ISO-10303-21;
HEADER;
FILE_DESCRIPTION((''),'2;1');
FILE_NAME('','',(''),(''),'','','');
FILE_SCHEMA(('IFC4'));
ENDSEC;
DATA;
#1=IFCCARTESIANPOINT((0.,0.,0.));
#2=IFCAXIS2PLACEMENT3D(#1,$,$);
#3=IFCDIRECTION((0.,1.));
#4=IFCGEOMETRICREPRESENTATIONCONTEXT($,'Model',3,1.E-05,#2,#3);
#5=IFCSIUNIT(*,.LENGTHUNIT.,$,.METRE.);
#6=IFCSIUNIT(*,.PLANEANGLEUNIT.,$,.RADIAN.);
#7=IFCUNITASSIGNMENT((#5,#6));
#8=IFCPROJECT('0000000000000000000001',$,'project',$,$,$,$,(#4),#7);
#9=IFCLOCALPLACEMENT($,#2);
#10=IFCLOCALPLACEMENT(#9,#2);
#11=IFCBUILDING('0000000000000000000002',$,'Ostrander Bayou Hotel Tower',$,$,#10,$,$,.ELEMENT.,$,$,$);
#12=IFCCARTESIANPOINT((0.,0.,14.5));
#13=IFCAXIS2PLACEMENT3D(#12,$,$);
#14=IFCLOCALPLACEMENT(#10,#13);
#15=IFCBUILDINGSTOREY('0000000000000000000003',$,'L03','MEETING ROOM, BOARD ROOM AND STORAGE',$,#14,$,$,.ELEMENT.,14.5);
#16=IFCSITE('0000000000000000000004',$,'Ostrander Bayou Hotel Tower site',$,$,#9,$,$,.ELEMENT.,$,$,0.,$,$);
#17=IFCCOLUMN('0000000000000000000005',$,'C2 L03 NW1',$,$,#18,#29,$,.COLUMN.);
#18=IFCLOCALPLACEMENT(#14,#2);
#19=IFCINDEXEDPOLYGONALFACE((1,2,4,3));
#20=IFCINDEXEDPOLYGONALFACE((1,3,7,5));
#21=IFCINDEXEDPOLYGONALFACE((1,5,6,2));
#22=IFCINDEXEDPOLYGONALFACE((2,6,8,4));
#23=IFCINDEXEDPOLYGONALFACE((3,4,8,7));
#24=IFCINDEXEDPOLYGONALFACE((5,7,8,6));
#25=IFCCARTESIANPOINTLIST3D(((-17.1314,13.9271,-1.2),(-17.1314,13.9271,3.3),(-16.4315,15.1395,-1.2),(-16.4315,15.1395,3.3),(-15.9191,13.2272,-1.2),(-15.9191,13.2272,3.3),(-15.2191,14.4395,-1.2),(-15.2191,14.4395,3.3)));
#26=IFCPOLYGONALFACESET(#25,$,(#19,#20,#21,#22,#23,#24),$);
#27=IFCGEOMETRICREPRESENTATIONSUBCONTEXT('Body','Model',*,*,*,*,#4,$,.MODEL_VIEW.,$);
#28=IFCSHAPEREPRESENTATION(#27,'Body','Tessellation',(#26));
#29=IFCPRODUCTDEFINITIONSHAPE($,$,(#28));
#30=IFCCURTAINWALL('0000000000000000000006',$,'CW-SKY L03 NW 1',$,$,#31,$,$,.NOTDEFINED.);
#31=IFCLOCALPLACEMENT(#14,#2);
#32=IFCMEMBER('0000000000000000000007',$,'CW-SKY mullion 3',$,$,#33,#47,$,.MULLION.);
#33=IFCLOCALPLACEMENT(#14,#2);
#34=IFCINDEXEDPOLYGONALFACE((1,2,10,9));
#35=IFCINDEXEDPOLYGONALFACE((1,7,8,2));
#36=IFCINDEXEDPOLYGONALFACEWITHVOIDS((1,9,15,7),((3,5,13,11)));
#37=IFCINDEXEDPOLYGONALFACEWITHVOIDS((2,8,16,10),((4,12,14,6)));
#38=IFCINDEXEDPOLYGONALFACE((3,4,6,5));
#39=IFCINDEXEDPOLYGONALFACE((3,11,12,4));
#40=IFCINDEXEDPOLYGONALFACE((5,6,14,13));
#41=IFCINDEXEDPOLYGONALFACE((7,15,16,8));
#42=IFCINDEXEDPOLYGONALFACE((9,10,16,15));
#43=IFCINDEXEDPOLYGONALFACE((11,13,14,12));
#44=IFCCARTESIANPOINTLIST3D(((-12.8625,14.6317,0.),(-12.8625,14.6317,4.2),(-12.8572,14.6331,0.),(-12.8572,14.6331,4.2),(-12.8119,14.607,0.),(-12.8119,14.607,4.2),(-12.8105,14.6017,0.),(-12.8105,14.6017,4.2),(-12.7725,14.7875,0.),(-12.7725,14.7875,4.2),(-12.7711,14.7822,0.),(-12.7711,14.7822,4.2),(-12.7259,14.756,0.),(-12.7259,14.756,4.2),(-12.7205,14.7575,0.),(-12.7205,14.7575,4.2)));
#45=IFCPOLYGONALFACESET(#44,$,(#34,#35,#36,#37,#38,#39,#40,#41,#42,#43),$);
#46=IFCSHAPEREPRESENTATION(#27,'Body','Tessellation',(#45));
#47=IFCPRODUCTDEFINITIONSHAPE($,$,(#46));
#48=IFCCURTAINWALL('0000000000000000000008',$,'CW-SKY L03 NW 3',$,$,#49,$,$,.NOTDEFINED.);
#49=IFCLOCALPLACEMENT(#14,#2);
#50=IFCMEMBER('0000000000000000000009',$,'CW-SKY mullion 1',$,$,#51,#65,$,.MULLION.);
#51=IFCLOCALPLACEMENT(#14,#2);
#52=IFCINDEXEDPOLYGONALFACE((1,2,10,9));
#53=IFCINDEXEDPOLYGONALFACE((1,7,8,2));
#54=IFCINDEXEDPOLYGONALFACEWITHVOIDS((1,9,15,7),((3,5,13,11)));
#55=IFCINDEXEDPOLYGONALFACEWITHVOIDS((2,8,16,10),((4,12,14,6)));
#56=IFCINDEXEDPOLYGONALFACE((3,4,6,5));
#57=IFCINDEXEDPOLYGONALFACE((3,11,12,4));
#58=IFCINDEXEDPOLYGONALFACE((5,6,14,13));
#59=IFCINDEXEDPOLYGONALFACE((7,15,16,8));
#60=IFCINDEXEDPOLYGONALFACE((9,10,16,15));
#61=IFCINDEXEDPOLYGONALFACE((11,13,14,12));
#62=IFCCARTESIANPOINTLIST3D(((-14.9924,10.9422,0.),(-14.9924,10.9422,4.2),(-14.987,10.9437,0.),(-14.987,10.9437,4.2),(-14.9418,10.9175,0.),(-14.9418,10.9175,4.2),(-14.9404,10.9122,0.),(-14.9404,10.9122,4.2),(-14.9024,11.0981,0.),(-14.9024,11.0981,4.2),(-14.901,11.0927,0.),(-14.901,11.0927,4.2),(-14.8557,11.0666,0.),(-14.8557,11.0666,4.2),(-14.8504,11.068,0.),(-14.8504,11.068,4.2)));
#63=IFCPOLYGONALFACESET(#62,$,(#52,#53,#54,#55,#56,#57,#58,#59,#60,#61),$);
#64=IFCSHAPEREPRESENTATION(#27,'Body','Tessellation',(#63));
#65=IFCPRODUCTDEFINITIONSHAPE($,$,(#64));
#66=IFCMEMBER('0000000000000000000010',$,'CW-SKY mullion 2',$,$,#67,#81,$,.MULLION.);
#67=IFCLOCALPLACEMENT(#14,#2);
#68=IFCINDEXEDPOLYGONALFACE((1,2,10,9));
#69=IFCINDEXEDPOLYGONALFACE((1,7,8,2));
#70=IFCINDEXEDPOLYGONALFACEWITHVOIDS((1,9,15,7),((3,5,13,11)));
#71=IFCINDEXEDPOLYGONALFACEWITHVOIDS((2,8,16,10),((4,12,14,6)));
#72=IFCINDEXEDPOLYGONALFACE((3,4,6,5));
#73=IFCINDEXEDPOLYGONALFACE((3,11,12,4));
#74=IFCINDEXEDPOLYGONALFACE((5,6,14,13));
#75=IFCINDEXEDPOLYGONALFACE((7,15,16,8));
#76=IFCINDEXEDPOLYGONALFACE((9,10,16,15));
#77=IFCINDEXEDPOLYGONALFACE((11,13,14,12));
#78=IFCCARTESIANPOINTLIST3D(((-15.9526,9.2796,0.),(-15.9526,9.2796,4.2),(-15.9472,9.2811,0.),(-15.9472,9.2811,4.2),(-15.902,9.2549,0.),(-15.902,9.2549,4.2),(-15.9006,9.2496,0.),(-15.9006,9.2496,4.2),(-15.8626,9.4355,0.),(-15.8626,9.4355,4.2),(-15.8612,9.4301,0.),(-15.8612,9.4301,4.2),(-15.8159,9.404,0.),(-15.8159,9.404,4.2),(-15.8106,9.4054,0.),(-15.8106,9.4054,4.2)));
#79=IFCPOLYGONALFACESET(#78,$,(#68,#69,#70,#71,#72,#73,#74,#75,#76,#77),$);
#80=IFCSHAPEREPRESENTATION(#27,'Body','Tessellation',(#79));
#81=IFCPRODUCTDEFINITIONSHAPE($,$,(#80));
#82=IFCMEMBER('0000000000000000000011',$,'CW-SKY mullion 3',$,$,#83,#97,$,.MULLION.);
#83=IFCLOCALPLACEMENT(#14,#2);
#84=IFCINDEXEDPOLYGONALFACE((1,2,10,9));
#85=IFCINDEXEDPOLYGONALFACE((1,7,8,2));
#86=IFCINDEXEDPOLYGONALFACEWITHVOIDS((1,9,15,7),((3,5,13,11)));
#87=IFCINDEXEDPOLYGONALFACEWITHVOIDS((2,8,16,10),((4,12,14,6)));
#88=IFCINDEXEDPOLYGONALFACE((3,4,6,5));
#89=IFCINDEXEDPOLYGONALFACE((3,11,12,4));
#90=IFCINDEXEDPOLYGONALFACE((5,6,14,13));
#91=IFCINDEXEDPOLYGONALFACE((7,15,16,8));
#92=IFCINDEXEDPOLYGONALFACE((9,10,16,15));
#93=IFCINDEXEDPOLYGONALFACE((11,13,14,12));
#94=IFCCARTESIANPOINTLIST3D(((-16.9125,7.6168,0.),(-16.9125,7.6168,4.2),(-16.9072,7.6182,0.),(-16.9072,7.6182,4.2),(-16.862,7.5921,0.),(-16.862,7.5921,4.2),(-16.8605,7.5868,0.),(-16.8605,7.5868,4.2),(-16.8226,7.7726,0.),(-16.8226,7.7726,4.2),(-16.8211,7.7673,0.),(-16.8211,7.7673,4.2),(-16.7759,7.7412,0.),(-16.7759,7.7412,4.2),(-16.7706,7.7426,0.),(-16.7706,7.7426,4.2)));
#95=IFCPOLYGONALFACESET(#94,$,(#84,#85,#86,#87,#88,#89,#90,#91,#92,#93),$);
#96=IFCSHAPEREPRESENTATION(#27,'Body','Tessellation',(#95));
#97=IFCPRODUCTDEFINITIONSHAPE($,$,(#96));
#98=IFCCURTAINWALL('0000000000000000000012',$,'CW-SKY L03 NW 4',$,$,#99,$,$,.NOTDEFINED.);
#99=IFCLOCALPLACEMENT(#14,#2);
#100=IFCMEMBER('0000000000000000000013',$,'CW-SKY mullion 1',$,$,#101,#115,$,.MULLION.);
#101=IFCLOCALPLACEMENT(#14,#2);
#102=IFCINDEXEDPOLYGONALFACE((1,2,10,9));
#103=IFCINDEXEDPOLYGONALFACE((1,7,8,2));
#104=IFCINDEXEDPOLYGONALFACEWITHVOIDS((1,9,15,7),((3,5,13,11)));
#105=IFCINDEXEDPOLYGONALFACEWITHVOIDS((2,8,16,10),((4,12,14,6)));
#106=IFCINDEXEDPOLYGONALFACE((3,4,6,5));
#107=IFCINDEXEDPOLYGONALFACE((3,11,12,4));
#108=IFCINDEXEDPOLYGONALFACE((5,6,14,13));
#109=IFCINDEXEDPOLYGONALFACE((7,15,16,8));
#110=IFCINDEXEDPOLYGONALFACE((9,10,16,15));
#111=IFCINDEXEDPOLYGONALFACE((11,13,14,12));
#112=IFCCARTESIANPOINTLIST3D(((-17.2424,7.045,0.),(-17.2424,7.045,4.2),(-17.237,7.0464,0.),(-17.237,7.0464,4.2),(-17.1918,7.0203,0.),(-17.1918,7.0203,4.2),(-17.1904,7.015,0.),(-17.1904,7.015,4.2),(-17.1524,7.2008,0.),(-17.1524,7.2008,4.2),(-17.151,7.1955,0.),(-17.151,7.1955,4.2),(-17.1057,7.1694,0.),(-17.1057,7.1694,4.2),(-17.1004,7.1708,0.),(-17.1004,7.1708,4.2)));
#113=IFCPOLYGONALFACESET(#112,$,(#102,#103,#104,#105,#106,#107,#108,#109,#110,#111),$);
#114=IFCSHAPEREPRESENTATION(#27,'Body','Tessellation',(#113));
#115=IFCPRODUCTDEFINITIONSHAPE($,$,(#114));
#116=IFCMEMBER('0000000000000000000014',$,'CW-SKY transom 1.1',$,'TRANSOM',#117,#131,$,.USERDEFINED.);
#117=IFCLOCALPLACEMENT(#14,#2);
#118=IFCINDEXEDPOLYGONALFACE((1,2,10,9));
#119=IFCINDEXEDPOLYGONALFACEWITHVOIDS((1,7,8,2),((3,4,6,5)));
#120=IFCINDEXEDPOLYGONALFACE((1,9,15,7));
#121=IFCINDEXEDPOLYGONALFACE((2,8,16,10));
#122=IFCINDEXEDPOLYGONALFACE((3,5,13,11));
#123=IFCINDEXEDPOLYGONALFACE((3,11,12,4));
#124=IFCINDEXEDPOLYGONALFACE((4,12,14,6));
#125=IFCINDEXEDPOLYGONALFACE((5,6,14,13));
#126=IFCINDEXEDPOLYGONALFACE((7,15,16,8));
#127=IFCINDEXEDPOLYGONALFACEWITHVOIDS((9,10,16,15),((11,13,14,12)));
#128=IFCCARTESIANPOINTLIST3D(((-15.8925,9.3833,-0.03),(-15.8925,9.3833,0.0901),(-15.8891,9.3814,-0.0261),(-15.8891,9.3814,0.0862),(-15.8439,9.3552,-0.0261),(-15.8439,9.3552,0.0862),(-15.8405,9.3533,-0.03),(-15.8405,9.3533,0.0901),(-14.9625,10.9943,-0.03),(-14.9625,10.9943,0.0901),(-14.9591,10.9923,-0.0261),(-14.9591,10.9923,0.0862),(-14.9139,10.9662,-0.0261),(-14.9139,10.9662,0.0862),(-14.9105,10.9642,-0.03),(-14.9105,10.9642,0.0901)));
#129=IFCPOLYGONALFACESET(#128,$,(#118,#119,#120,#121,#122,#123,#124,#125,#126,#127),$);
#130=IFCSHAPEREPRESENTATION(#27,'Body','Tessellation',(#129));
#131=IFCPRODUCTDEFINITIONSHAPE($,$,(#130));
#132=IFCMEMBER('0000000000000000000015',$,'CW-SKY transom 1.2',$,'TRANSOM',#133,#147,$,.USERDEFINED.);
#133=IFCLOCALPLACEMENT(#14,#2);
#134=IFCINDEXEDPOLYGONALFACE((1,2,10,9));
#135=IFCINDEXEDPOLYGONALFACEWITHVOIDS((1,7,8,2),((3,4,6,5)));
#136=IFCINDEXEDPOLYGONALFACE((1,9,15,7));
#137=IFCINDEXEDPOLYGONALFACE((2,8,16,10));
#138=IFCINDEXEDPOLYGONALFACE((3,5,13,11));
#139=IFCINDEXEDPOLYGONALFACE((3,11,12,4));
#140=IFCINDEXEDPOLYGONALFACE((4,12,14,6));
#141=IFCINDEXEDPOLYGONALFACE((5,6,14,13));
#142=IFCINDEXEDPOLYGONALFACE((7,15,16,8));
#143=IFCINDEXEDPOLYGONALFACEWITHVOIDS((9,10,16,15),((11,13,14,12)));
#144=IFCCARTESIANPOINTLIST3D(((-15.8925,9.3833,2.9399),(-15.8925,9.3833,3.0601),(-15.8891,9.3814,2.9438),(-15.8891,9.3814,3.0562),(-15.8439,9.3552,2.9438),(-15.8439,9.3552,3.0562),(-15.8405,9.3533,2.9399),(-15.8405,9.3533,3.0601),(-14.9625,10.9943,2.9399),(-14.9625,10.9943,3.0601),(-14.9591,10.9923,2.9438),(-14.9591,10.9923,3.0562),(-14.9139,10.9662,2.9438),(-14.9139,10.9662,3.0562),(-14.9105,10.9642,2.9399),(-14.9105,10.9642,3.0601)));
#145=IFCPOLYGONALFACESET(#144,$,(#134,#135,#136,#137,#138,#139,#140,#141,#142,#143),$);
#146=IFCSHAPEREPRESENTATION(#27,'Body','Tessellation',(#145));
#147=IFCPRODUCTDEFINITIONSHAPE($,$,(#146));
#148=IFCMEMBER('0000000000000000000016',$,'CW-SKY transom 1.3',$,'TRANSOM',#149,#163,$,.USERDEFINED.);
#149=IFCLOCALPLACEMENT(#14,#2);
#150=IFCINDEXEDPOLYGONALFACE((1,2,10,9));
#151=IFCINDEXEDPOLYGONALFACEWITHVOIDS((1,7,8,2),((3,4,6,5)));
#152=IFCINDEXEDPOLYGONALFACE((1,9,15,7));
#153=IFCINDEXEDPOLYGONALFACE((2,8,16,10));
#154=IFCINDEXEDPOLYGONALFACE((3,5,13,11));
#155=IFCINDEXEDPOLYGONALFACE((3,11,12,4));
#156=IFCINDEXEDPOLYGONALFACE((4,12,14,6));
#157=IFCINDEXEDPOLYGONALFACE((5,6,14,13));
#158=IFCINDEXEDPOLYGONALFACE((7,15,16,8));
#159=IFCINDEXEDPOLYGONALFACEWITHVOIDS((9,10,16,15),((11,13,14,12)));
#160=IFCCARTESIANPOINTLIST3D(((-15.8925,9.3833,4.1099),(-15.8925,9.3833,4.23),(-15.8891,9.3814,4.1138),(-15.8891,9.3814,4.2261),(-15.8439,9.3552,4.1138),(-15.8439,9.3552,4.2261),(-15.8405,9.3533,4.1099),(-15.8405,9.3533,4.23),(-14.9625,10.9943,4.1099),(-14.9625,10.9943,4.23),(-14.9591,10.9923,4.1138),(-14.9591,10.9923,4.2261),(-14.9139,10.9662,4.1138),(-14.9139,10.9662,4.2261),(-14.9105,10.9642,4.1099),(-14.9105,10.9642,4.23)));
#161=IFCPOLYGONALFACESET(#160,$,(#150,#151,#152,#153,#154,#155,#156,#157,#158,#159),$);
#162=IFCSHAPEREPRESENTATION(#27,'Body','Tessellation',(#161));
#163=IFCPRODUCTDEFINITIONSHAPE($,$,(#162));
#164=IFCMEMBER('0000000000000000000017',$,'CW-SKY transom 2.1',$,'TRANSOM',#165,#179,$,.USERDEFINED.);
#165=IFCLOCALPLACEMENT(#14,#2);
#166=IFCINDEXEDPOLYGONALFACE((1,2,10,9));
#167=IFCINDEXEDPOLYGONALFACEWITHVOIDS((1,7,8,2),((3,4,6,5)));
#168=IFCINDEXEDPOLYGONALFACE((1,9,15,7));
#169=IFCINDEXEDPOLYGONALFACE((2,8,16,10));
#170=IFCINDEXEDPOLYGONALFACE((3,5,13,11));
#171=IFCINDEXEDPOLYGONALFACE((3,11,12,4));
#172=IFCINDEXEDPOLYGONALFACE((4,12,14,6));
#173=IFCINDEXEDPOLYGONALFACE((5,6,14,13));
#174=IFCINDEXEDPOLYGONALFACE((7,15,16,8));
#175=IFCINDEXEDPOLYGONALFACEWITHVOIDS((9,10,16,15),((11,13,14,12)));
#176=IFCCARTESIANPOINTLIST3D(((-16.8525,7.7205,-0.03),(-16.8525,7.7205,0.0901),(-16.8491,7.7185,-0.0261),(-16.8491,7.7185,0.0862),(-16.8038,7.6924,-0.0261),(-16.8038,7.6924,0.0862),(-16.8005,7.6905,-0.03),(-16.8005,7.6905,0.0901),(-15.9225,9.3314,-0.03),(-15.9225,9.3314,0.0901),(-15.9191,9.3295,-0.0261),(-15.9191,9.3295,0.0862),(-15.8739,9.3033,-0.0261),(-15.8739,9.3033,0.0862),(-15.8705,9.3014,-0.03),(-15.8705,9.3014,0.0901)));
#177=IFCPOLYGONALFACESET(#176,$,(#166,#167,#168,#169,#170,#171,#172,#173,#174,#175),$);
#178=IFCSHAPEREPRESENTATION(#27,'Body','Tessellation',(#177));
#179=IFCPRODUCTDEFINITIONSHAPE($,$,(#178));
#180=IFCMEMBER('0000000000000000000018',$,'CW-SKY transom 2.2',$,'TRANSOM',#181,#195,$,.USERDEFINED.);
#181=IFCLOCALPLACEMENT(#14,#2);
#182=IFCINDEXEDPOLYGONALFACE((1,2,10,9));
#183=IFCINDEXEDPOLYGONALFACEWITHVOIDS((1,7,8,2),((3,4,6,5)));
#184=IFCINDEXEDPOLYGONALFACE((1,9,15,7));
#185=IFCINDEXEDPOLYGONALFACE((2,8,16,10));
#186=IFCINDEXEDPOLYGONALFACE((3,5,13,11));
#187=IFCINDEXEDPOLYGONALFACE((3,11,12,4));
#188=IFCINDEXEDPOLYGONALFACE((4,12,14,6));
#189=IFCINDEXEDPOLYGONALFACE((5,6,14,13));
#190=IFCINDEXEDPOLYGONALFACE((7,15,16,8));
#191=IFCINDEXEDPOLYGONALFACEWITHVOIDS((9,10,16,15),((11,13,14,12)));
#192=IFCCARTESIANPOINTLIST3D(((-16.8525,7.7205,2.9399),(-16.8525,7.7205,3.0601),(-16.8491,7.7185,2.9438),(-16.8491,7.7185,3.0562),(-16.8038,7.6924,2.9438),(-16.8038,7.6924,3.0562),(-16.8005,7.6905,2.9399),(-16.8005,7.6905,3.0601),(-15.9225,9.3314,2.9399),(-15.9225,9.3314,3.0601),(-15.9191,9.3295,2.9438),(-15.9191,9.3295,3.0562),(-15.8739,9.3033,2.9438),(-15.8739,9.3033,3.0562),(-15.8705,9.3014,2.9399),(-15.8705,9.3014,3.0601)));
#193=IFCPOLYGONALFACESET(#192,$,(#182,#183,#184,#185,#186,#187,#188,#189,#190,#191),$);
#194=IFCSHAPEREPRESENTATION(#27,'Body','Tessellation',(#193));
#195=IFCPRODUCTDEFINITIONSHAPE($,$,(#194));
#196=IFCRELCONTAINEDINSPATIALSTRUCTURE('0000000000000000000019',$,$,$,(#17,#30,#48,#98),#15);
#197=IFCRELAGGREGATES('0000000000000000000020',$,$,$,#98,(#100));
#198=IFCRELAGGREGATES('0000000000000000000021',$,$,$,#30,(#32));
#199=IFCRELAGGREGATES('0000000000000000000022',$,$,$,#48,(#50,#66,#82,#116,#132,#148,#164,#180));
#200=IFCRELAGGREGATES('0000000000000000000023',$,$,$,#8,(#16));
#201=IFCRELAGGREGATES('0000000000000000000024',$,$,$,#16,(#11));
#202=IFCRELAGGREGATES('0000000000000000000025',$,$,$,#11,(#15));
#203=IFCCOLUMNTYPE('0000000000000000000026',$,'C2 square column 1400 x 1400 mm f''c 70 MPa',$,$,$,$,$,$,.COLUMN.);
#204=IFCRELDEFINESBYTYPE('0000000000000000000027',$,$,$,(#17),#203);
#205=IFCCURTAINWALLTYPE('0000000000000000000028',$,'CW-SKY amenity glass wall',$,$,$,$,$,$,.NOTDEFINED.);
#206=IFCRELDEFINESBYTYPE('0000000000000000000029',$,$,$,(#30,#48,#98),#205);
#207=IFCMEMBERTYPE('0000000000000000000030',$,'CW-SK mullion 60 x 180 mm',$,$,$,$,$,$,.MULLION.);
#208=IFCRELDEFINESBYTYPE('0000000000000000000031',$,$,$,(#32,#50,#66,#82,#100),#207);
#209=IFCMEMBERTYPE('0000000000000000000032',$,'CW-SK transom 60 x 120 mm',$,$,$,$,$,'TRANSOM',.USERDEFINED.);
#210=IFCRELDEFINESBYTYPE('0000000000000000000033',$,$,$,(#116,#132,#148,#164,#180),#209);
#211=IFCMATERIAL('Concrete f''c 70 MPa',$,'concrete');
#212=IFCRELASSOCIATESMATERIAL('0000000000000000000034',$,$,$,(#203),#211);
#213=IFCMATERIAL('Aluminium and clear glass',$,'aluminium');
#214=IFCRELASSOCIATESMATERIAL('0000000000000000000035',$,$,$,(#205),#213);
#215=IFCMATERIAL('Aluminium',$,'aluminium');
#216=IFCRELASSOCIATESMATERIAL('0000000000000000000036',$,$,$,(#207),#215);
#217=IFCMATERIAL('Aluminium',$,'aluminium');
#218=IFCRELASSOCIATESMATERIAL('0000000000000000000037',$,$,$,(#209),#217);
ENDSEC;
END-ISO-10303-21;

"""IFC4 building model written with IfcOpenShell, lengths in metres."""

from ifc_helpers import new_model, si_unit, direction, frame, origin, origin_2d, place, context, subcontext, project, spatial, rectangle, hollow_rectangle, extrude, material, material_profile, profile_set, type_object, element, aggregate, save


model = new_model("IFC4")

# Units and contexts
model_context = context("Model", 3, precision=1e-05, world=origin(), true_north=direction((0.0, 1.0)))
body_context = subcontext(model_context, "Body", "Model", "MODEL_VIEW")
ifc_project = project(units=[si_unit("LENGTHUNIT", "METRE"), si_unit("PLANEANGLEUNIT", "RADIAN")], contexts=[model_context])

# Site, building, storey
site_placement = place(None, origin())
site = spatial("IfcSite", under=ifc_project, at=site_placement, Name="Ostrander Bayou Hotel Tower site", CompositionType="ELEMENT", RefElevation=0.0)
building_placement = place(site_placement, origin())
building = spatial("IfcBuilding", under=site, at=building_placement, Name="Ostrander Bayou Hotel Tower", CompositionType="ELEMENT")
storey_placement = place(building_placement, frame((0.0, 0.0, 14.5)))
storey = spatial("IfcBuildingStorey", under=building, at=storey_placement, Name="L03", Description="MEETING ROOM, BOARD ROOM AND STORAGE", CompositionType="ELEMENT", Elevation=14.5)

# Column
ifc_material_1 = material(Name="Concrete f'c 70 MPa", Category="concrete")
ifc_material_profile_1 = material_profile(ifc_material_1, rectangle(XDim=1.3999, YDim=1.3999, at=origin_2d()))
ifc_profile_set_1 = profile_set([ifc_material_profile_1], Name="Concrete f'c 70 MPa")
column_type = type_object("IfcColumnType", Name="C2 square column 1400 x 1400 mm f'c 70 MPa", PredefinedType="COLUMN", material=ifc_profile_set_1)
column_placement = place(storey_placement, frame((-16.1753, 14.1833, -1.2), z_axis=(0.0, 0.0, 1.0), x_axis=(0.5, 0.866025, 0.0)))
element("IfcColumn", 1, at=column_placement, inside=storey, type_object=column_type, Name="C2 L03 NW1", PredefinedType="COLUMN", context=body_context, shape_type="SweptSolid", body=[
    extrude(rectangle(XDim=1.3999, YDim=1.3999, at=origin_2d()), origin(), (0.0, 0.0, 1.0), 4.5),
])

# Curtain wall, member
ifc_material_2 = material(Name="Aluminium and clear glass", Category="aluminium")
curtain_wall_type = type_object("IfcCurtainWallType", Name="CW-SKY amenity glass wall", PredefinedType="NOTDEFINED", material=ifc_material_2)
curtain_wall_1_placement = place(storey_placement, origin())
curtain_wall_1 = element("IfcCurtainWall", 2, at=curtain_wall_1_placement, inside=storey, type_object=curtain_wall_type, Name="CW-SKY L03 NW 1", PredefinedType="NOTDEFINED")
ifc_material_3 = material(Name="Aluminium", Category="aluminium")
ifc_material_profile_2 = material_profile(ifc_material_3, hollow_rectangle(XDim=0.0601, YDim=0.1799, WallThickness=0.0039, at=origin_2d()))
ifc_profile_set_2 = profile_set([ifc_material_profile_2], Name="Aluminium")
member_type_1 = type_object("IfcMemberType", Name="CW-SK mullion 60 x 180 mm", PredefinedType="MULLION", material=ifc_profile_set_2)
member_1_placement = place(storey_placement, frame((-12.7915, 14.6946, 0.0), z_axis=(0.0, 0.0, 1.0), x_axis=(0.866025, -0.5, 0.0)))
member_1 = element("IfcMember", 3, at=member_1_placement, type_object=member_type_1, Name="CW-SKY mullion 3", PredefinedType="MULLION", context=body_context, shape_type="SweptSolid", body=[
    extrude(hollow_rectangle(XDim=0.0601, YDim=0.1799, WallThickness=0.0039, at=origin_2d()), origin(), (0.0, 0.0, 1.0), 4.2),
])

# Curtain wall, members
curtain_wall_2_placement = place(storey_placement, origin())
curtain_wall_2 = element("IfcCurtainWall", 4, at=curtain_wall_2_placement, inside=storey, type_object=curtain_wall_type, Name="CW-SKY L03 NW 3", PredefinedType="NOTDEFINED")
member_2_placement = place(storey_placement, frame((-14.9214, 11.0051, 0.0), z_axis=(0.0, 0.0, 1.0), x_axis=(0.866025, -0.5, 0.0)))
member_2 = element("IfcMember", 5, at=member_2_placement, type_object=member_type_1, Name="CW-SKY mullion 1", PredefinedType="MULLION", context=body_context, shape_type="SweptSolid", body=[
    extrude(hollow_rectangle(XDim=0.0601, YDim=0.1799, WallThickness=0.0039, at=origin_2d()), origin(), (0.0, 0.0, 1.0), 4.2),
])
member_3_placement = place(storey_placement, frame((-15.8816, 9.3425, 0.0), z_axis=(0.0, 0.0, 1.0), x_axis=(0.866025, -0.5, 0.0)))
member_3 = element("IfcMember", 6, at=member_3_placement, type_object=member_type_1, Name="CW-SKY mullion 2", PredefinedType="MULLION", context=body_context, shape_type="SweptSolid", body=[
    extrude(hollow_rectangle(XDim=0.0601, YDim=0.1799, WallThickness=0.0039, at=origin_2d()), origin(), (0.0, 0.0, 1.0), 4.2),
])
member_4_placement = place(storey_placement, frame((-16.8416, 7.6797, 0.0), z_axis=(0.0, 0.0, 1.0), x_axis=(0.866025, -0.5, 0.0)))
member_4 = element("IfcMember", 7, at=member_4_placement, type_object=member_type_1, Name="CW-SKY mullion 3", PredefinedType="MULLION", context=body_context, shape_type="SweptSolid", body=[
    extrude(hollow_rectangle(XDim=0.0601, YDim=0.1799, WallThickness=0.0039, at=origin_2d()), origin(), (0.0, 0.0, 1.0), 4.2),
])

# Curtain wall, member
curtain_wall_3_placement = place(storey_placement, origin())
curtain_wall_3 = element("IfcCurtainWall", 8, at=curtain_wall_3_placement, inside=storey, type_object=curtain_wall_type, Name="CW-SKY L03 NW 4", PredefinedType="NOTDEFINED")
member_5_placement = place(storey_placement, frame((-17.1714, 7.1079, 0.0), z_axis=(0.0, 0.0, 1.0), x_axis=(0.866026, -0.499999, 0.0)))
member_5 = element("IfcMember", 9, at=member_5_placement, type_object=member_type_1, Name="CW-SKY mullion 1", PredefinedType="MULLION", context=body_context, shape_type="SweptSolid", body=[
    extrude(hollow_rectangle(XDim=0.0601, YDim=0.1799, WallThickness=0.0039, at=origin_2d()), origin(), (0.0, 0.0, 1.0), 4.2),
])
aggregate(curtain_wall_3, [member_5])

# Members
ifc_material_4 = material(Name="Aluminium", Category="aluminium")
ifc_material_profile_3 = material_profile(ifc_material_4, hollow_rectangle(XDim=0.0601, YDim=0.1201, WallThickness=0.0039, at=origin_2d()))
ifc_profile_set_3 = profile_set([ifc_material_profile_3], Name="Aluminium")
member_type_2 = type_object("IfcMemberType", Name="CW-SK transom 60 x 120 mm", ElementType="TRANSOM", PredefinedType="USERDEFINED", material=ifc_profile_set_3)
member_6_placement = place(storey_placement, frame((-14.9365, 10.9792, 0.03), z_axis=(-0.499965, -0.866046, 0.0), x_axis=(0.866046, -0.499965, 0.0)))
member_6 = element("IfcMember", 10, at=member_6_placement, type_object=member_type_2, Name="CW-SKY transom 1.1", ObjectType="TRANSOM", PredefinedType="USERDEFINED", context=body_context, shape_type="SweptSolid", body=[
    extrude(hollow_rectangle(XDim=0.0601, YDim=0.1201, WallThickness=0.0039, at=origin_2d()), origin(), (0.0, 0.0, 1.0), 1.8601),
])
member_7_placement = place(storey_placement, frame((-14.9365, 10.9792, 3.0), z_axis=(-0.499965, -0.866046, 0.0), x_axis=(0.866046, -0.499965, 0.0)))
member_7 = element("IfcMember", 11, at=member_7_placement, type_object=member_type_2, Name="CW-SKY transom 1.2", ObjectType="TRANSOM", PredefinedType="USERDEFINED", context=body_context, shape_type="SweptSolid", body=[
    extrude(hollow_rectangle(XDim=0.0601, YDim=0.1201, WallThickness=0.0039, at=origin_2d()), origin(), (0.0, 0.0, 1.0), 1.8601),
])
member_8_placement = place(storey_placement, frame((-14.9365, 10.9792, 4.1699), z_axis=(-0.499965, -0.866046, 0.0), x_axis=(0.866046, -0.499965, 0.0)))
member_8 = element("IfcMember", 12, at=member_8_placement, type_object=member_type_2, Name="CW-SKY transom 1.3", ObjectType="TRANSOM", PredefinedType="USERDEFINED", context=body_context, shape_type="SweptSolid", body=[
    extrude(hollow_rectangle(XDim=0.0601, YDim=0.1201, WallThickness=0.0039, at=origin_2d()), origin(), (0.0, 0.0, 1.0), 1.8601),
])
member_9_placement = place(storey_placement, frame((-15.8965, 9.3164, 0.03), z_axis=(-0.499965, -0.866046, 0.0), x_axis=(0.866046, -0.499965, 0.0)))
member_9 = element("IfcMember", 13, at=member_9_placement, type_object=member_type_2, Name="CW-SKY transom 2.1", ObjectType="TRANSOM", PredefinedType="USERDEFINED", context=body_context, shape_type="SweptSolid", body=[
    extrude(hollow_rectangle(XDim=0.0601, YDim=0.1201, WallThickness=0.0039, at=origin_2d()), origin(), (0.0, 0.0, 1.0), 1.8601),
])
member_10_placement = place(storey_placement, frame((-15.8965, 9.3164, 3.0), z_axis=(-0.499965, -0.866046, 0.0), x_axis=(0.866046, -0.499965, 0.0)))
member_10 = element("IfcMember", 14, at=member_10_placement, type_object=member_type_2, Name="CW-SKY transom 2.2", ObjectType="TRANSOM", PredefinedType="USERDEFINED", context=body_context, shape_type="SweptSolid", body=[
    extrude(hollow_rectangle(XDim=0.0601, YDim=0.1201, WallThickness=0.0039, at=origin_2d()), origin(), (0.0, 0.0, 1.0), 1.8601),
])

aggregate(curtain_wall_1, [member_1])
aggregate(curtain_wall_2, [member_2, member_3, member_4, member_6, member_7, member_8, member_9, member_10])

save(model, "model.ifc")
